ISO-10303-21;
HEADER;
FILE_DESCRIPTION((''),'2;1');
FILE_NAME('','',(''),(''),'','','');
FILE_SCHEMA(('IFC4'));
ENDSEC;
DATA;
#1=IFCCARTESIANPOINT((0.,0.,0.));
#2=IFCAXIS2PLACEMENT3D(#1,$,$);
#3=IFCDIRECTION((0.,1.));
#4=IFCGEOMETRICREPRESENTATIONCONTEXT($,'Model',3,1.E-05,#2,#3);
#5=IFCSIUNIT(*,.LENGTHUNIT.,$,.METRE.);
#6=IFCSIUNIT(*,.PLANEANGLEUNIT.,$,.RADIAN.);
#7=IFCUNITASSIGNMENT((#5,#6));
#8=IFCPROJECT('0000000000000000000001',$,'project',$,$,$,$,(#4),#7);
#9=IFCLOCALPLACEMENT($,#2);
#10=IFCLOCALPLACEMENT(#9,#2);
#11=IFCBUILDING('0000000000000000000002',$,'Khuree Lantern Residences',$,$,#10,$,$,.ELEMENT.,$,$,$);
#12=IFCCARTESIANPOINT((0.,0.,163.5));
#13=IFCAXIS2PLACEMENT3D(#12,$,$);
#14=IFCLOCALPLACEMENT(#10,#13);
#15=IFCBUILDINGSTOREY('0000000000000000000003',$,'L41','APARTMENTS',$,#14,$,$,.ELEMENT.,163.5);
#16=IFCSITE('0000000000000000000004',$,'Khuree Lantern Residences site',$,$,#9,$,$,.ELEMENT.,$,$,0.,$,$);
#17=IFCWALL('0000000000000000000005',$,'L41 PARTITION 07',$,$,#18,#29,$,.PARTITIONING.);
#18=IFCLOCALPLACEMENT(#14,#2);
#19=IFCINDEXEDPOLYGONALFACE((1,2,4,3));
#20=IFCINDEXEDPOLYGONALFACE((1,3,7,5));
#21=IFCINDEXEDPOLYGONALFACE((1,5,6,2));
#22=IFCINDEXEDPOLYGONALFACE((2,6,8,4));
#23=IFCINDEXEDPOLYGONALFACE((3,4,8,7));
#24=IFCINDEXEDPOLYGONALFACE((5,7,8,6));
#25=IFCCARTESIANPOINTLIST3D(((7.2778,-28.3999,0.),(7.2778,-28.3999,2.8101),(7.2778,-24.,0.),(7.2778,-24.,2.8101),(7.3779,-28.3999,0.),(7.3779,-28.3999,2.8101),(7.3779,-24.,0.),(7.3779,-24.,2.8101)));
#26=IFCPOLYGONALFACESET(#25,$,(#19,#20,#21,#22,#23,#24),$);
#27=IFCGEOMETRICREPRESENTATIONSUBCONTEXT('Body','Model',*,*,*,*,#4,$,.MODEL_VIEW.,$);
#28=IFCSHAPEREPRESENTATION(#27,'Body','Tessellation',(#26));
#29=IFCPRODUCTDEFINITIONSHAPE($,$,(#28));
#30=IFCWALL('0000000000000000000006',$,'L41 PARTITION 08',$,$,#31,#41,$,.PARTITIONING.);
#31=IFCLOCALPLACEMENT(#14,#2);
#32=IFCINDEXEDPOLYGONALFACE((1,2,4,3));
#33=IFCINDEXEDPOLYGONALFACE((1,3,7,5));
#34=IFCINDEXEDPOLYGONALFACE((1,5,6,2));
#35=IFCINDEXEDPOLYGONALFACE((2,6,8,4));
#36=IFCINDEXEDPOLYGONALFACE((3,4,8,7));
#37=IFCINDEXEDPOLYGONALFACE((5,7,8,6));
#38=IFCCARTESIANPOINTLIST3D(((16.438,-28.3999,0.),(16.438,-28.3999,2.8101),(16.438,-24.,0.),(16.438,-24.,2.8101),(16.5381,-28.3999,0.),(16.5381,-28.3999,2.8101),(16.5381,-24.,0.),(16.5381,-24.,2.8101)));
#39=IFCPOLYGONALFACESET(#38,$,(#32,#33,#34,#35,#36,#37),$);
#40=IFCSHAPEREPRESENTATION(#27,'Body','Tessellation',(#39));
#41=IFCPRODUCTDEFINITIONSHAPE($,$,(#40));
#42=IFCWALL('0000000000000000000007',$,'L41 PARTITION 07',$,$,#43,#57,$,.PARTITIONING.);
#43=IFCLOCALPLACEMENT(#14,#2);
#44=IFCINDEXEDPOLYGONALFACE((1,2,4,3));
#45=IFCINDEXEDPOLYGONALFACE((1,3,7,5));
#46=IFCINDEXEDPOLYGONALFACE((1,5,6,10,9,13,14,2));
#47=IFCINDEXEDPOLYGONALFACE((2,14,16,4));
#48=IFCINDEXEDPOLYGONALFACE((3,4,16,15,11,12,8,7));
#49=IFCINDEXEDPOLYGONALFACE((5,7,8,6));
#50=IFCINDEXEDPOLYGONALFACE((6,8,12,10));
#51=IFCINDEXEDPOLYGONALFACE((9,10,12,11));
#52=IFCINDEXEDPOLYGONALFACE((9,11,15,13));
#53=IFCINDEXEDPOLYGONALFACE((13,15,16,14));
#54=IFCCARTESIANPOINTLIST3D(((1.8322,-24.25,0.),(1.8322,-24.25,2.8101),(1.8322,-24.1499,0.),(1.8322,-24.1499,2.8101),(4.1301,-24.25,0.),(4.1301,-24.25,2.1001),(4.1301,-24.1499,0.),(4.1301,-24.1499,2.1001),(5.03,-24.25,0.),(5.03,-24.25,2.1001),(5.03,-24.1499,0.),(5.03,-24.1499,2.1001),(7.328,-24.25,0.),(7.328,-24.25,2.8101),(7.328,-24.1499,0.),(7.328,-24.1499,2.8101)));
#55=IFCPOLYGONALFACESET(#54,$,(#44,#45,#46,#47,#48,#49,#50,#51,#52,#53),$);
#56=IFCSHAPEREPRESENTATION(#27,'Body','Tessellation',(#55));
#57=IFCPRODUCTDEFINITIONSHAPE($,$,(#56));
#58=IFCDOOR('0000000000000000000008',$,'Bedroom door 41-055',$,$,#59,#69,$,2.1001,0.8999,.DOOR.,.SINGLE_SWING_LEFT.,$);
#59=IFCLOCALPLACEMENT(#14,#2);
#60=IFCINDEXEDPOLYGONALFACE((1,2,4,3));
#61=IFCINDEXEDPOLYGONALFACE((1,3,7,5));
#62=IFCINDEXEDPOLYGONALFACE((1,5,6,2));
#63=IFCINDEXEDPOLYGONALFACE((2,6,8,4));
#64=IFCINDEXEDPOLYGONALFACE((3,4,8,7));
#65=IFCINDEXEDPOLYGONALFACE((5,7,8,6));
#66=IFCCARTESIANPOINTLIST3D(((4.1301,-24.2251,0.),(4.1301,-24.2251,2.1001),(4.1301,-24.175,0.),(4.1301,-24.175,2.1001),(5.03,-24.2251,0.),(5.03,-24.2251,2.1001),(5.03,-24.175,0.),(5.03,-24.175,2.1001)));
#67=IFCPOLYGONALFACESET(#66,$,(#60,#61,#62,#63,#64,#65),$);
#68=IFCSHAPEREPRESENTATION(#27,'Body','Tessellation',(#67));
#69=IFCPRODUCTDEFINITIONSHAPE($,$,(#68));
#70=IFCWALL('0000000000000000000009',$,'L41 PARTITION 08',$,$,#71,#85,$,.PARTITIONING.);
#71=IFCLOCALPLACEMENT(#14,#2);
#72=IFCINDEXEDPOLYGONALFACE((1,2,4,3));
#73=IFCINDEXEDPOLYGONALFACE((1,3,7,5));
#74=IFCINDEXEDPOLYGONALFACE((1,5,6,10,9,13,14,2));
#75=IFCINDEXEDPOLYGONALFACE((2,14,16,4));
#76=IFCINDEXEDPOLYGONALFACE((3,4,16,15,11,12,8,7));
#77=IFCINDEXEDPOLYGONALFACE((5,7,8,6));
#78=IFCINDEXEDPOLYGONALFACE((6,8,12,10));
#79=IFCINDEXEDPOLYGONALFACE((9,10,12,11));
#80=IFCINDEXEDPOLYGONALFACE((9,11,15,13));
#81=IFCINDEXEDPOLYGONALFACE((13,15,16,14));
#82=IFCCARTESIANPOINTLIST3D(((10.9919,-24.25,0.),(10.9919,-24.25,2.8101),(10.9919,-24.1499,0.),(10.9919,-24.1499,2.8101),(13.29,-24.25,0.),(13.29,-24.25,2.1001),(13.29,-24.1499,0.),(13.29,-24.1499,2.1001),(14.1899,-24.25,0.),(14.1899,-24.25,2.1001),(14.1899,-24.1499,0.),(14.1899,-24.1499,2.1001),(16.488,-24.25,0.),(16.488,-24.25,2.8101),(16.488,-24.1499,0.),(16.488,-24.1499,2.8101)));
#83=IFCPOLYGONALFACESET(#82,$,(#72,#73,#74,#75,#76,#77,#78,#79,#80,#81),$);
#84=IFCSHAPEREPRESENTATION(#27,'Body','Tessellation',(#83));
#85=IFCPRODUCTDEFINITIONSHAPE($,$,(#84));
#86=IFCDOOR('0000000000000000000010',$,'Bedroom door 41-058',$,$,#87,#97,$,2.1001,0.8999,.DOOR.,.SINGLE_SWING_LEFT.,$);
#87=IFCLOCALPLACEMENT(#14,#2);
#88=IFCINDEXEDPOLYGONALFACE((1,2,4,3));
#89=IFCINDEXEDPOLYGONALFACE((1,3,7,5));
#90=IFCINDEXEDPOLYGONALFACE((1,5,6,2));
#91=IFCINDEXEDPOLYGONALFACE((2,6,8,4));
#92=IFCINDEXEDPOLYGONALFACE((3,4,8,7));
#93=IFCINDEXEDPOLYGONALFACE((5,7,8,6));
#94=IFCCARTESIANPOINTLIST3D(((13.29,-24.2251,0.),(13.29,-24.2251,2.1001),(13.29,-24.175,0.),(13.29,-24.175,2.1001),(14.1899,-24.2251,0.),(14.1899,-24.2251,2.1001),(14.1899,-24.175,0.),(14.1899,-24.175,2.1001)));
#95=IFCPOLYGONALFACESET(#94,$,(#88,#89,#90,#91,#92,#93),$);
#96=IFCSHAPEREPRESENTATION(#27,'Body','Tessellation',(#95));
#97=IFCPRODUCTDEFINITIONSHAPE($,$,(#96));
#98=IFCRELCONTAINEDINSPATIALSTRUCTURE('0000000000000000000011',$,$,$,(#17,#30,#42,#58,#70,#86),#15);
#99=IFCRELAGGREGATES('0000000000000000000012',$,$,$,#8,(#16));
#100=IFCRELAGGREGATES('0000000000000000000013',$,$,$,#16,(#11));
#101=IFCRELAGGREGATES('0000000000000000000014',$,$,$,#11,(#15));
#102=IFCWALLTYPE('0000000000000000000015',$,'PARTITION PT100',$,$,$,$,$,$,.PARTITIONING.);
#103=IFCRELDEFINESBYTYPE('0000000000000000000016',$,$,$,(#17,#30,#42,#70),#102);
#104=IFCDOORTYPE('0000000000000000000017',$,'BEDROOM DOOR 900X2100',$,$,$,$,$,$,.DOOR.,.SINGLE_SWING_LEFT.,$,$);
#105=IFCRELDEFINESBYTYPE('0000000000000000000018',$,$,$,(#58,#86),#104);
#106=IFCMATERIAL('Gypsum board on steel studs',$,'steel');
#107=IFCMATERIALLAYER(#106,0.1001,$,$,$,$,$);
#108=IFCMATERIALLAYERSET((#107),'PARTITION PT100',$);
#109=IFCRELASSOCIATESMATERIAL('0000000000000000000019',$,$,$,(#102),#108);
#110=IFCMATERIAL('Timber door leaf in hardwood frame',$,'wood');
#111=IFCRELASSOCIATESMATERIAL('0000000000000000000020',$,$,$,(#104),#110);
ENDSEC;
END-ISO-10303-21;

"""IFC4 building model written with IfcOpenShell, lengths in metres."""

from ifc_helpers import new_model, si_unit, direction, frame, frame_2d, origin, place, context, subcontext, project, spatial, rectangle, extrude, material, layer, layer_set, type_object, element, fill, save


model = new_model("IFC4")

# Units and contexts
model_context = context("Model", 3, precision=1e-05, world=origin(), true_north=direction((0.0, 1.0)))
body_context = subcontext(model_context, "Body", "Model", "MODEL_VIEW")
ifc_project = project(units=[si_unit("LENGTHUNIT", "METRE"), si_unit("PLANEANGLEUNIT", "RADIAN")], contexts=[model_context])

# Site, building, storey
site_placement = place(None, origin())
site = spatial("IfcSite", under=ifc_project, at=site_placement, Name="Khuree Lantern Residences site", CompositionType="ELEMENT", RefElevation=0.0)
building_placement = place(site_placement, origin())
building = spatial("IfcBuilding", under=site, at=building_placement, Name="Khuree Lantern Residences", CompositionType="ELEMENT")
storey_placement = place(building_placement, frame((0.0, 0.0, 163.5)))
storey = spatial("IfcBuildingStorey", under=building, at=storey_placement, Name="L41", Description="APARTMENTS", CompositionType="ELEMENT", Elevation=163.5)

# Shared definitions
ifc_material_1 = material(Name="Timber door leaf in hardwood frame", Category="wood")

# Walls
ifc_material_2 = material(Name="Gypsum board on steel studs", Category="steel")
ifc_layer_1 = layer(ifc_material_2, 0.1001)
ifc_layer_set_1 = layer_set([ifc_layer_1], Name="PARTITION PT100")
wall_type_1 = type_object("IfcWallType", Name="PARTITION PT100", PredefinedType="PARTITIONING", material=ifc_layer_set_1)
for number, where, z_axis, x_axis, name in (
    (1, (7.3279, -24.0, 0.0), (0.0, 0.0, 1.0), (0.0, -1.0, 0.0), "L41 PARTITION 07"),
    (2, (16.488, -24.0, 0.0), (0.0, 0.0, 1.0), (0.0, -1.0, 0.0), "L41 PARTITION 08"),
):
    element("IfcWall", number, at=place(storey_placement, frame(where, z_axis=z_axis, x_axis=x_axis)), inside=storey, type_object=wall_type_1, Name=name, PredefinedType="PARTITIONING", context=body_context, shape_type="SweptSolid", body=[
        extrude(rectangle(XDim=4.3999, YDim=0.1001, at=frame_2d((2.2, 0.0))), origin(), (0.0, 0.0, 1.0), 2.8101),
    ])

# Walls, openings, doors
wall_1_placement = place(storey_placement, frame((1.832, -24.2, 0.0), z_axis=(0.0, 0.0, 1.0), x_axis=(1.0, 0.0, 0.0)))
wall_1 = element("IfcWall", 3, at=wall_1_placement, inside=storey, type_object=wall_type_1, Name="L41 PARTITION 07", PredefinedType="PARTITIONING", context=body_context, shape_type="SweptSolid", body=[
    extrude(rectangle(XDim=5.4958, YDim=0.1001, at=frame_2d((2.748, 0.0))), origin(), (0.0, 0.0, 1.0), 2.8101),
])
opening_1_placement = place(wall_1_placement, frame((2.2981, 0.0, 0.0)))
opening_1 = element("IfcOpeningElement", 4, at=opening_1_placement, cuts=wall_1, PredefinedType="OPENING", context=body_context, shape_type="SweptSolid", body=[
    extrude(rectangle(XDim=0.8999, YDim=2.1001, at=frame_2d((0.45, 1.05))), frame((0.0, 0.0601, 0.0), z_axis=(0.0, -1.0, 0.0), x_axis=(1.0, 0.0, 0.0)), (0.0, 0.0, 1.0), 0.1201),
])
door_type_1 = type_object("IfcDoorType", Name="BEDROOM DOOR 900X2100", OperationType="SINGLE_SWING_LEFT", PredefinedType="DOOR", material=ifc_material_1)
door_1_placement = place(opening_1_placement, origin())
door_1 = element("IfcDoor", 5, at=door_1_placement, inside=storey, type_object=door_type_1, Name="Bedroom door 41-055", OperationType="SINGLE_SWING_LEFT", OverallHeight=2.1001, OverallWidth=0.8999, PredefinedType="DOOR", context=body_context, shape_type="SweptSolid", body=[
    extrude(rectangle(XDim=0.8999, YDim=2.1001, at=frame_2d((0.45, 1.05))), frame((0.0, 0.0249, 0.0), z_axis=(0.0, -1.0, 0.0), x_axis=(1.0, 0.0, 0.0)), (0.0, 0.0, 1.0), 0.05),
])
fill(opening_1, door_1)
wall_2_placement = place(storey_placement, frame((10.9919, -24.2, 0.0), z_axis=(0.0, 0.0, 1.0), x_axis=(1.0, 0.0, 0.0)))
wall_2 = element("IfcWall", 6, at=wall_2_placement, inside=storey, type_object=wall_type_1, Name="L41 PARTITION 08", PredefinedType="PARTITIONING", context=body_context, shape_type="SweptSolid", body=[
    extrude(rectangle(XDim=5.4961, YDim=0.1001, at=frame_2d((2.748, 0.0))), origin(), (0.0, 0.0, 1.0), 2.8101),
])
opening_2_placement = place(wall_2_placement, frame((2.2981, 0.0, 0.0)))
opening_2 = element("IfcOpeningElement", 7, at=opening_2_placement, cuts=wall_2, PredefinedType="OPENING", context=body_context, shape_type="SweptSolid", body=[
    extrude(rectangle(XDim=0.8999, YDim=2.1001, at=frame_2d((0.45, 1.05))), frame((0.0, 0.0601, 0.0), z_axis=(0.0, -1.0, 0.0), x_axis=(1.0, 0.0, 0.0)), (0.0, 0.0, 1.0), 0.1201),
])
door_2_placement = place(opening_2_placement, origin())
door_2 = element("IfcDoor", 8, at=door_2_placement, inside=storey, type_object=door_type_1, Name="Bedroom door 41-058", OperationType="SINGLE_SWING_LEFT", OverallHeight=2.1001, OverallWidth=0.8999, PredefinedType="DOOR", context=body_context, shape_type="SweptSolid", body=[
    extrude(rectangle(XDim=0.8999, YDim=2.1001, at=frame_2d((0.45, 1.05))), frame((0.0, 0.0249, 0.0), z_axis=(0.0, -1.0, 0.0), x_axis=(1.0, 0.0, 0.0)), (0.0, 0.0, 1.0), 0.05),
])
fill(opening_2, door_2)

save(model, "model.ifc")
